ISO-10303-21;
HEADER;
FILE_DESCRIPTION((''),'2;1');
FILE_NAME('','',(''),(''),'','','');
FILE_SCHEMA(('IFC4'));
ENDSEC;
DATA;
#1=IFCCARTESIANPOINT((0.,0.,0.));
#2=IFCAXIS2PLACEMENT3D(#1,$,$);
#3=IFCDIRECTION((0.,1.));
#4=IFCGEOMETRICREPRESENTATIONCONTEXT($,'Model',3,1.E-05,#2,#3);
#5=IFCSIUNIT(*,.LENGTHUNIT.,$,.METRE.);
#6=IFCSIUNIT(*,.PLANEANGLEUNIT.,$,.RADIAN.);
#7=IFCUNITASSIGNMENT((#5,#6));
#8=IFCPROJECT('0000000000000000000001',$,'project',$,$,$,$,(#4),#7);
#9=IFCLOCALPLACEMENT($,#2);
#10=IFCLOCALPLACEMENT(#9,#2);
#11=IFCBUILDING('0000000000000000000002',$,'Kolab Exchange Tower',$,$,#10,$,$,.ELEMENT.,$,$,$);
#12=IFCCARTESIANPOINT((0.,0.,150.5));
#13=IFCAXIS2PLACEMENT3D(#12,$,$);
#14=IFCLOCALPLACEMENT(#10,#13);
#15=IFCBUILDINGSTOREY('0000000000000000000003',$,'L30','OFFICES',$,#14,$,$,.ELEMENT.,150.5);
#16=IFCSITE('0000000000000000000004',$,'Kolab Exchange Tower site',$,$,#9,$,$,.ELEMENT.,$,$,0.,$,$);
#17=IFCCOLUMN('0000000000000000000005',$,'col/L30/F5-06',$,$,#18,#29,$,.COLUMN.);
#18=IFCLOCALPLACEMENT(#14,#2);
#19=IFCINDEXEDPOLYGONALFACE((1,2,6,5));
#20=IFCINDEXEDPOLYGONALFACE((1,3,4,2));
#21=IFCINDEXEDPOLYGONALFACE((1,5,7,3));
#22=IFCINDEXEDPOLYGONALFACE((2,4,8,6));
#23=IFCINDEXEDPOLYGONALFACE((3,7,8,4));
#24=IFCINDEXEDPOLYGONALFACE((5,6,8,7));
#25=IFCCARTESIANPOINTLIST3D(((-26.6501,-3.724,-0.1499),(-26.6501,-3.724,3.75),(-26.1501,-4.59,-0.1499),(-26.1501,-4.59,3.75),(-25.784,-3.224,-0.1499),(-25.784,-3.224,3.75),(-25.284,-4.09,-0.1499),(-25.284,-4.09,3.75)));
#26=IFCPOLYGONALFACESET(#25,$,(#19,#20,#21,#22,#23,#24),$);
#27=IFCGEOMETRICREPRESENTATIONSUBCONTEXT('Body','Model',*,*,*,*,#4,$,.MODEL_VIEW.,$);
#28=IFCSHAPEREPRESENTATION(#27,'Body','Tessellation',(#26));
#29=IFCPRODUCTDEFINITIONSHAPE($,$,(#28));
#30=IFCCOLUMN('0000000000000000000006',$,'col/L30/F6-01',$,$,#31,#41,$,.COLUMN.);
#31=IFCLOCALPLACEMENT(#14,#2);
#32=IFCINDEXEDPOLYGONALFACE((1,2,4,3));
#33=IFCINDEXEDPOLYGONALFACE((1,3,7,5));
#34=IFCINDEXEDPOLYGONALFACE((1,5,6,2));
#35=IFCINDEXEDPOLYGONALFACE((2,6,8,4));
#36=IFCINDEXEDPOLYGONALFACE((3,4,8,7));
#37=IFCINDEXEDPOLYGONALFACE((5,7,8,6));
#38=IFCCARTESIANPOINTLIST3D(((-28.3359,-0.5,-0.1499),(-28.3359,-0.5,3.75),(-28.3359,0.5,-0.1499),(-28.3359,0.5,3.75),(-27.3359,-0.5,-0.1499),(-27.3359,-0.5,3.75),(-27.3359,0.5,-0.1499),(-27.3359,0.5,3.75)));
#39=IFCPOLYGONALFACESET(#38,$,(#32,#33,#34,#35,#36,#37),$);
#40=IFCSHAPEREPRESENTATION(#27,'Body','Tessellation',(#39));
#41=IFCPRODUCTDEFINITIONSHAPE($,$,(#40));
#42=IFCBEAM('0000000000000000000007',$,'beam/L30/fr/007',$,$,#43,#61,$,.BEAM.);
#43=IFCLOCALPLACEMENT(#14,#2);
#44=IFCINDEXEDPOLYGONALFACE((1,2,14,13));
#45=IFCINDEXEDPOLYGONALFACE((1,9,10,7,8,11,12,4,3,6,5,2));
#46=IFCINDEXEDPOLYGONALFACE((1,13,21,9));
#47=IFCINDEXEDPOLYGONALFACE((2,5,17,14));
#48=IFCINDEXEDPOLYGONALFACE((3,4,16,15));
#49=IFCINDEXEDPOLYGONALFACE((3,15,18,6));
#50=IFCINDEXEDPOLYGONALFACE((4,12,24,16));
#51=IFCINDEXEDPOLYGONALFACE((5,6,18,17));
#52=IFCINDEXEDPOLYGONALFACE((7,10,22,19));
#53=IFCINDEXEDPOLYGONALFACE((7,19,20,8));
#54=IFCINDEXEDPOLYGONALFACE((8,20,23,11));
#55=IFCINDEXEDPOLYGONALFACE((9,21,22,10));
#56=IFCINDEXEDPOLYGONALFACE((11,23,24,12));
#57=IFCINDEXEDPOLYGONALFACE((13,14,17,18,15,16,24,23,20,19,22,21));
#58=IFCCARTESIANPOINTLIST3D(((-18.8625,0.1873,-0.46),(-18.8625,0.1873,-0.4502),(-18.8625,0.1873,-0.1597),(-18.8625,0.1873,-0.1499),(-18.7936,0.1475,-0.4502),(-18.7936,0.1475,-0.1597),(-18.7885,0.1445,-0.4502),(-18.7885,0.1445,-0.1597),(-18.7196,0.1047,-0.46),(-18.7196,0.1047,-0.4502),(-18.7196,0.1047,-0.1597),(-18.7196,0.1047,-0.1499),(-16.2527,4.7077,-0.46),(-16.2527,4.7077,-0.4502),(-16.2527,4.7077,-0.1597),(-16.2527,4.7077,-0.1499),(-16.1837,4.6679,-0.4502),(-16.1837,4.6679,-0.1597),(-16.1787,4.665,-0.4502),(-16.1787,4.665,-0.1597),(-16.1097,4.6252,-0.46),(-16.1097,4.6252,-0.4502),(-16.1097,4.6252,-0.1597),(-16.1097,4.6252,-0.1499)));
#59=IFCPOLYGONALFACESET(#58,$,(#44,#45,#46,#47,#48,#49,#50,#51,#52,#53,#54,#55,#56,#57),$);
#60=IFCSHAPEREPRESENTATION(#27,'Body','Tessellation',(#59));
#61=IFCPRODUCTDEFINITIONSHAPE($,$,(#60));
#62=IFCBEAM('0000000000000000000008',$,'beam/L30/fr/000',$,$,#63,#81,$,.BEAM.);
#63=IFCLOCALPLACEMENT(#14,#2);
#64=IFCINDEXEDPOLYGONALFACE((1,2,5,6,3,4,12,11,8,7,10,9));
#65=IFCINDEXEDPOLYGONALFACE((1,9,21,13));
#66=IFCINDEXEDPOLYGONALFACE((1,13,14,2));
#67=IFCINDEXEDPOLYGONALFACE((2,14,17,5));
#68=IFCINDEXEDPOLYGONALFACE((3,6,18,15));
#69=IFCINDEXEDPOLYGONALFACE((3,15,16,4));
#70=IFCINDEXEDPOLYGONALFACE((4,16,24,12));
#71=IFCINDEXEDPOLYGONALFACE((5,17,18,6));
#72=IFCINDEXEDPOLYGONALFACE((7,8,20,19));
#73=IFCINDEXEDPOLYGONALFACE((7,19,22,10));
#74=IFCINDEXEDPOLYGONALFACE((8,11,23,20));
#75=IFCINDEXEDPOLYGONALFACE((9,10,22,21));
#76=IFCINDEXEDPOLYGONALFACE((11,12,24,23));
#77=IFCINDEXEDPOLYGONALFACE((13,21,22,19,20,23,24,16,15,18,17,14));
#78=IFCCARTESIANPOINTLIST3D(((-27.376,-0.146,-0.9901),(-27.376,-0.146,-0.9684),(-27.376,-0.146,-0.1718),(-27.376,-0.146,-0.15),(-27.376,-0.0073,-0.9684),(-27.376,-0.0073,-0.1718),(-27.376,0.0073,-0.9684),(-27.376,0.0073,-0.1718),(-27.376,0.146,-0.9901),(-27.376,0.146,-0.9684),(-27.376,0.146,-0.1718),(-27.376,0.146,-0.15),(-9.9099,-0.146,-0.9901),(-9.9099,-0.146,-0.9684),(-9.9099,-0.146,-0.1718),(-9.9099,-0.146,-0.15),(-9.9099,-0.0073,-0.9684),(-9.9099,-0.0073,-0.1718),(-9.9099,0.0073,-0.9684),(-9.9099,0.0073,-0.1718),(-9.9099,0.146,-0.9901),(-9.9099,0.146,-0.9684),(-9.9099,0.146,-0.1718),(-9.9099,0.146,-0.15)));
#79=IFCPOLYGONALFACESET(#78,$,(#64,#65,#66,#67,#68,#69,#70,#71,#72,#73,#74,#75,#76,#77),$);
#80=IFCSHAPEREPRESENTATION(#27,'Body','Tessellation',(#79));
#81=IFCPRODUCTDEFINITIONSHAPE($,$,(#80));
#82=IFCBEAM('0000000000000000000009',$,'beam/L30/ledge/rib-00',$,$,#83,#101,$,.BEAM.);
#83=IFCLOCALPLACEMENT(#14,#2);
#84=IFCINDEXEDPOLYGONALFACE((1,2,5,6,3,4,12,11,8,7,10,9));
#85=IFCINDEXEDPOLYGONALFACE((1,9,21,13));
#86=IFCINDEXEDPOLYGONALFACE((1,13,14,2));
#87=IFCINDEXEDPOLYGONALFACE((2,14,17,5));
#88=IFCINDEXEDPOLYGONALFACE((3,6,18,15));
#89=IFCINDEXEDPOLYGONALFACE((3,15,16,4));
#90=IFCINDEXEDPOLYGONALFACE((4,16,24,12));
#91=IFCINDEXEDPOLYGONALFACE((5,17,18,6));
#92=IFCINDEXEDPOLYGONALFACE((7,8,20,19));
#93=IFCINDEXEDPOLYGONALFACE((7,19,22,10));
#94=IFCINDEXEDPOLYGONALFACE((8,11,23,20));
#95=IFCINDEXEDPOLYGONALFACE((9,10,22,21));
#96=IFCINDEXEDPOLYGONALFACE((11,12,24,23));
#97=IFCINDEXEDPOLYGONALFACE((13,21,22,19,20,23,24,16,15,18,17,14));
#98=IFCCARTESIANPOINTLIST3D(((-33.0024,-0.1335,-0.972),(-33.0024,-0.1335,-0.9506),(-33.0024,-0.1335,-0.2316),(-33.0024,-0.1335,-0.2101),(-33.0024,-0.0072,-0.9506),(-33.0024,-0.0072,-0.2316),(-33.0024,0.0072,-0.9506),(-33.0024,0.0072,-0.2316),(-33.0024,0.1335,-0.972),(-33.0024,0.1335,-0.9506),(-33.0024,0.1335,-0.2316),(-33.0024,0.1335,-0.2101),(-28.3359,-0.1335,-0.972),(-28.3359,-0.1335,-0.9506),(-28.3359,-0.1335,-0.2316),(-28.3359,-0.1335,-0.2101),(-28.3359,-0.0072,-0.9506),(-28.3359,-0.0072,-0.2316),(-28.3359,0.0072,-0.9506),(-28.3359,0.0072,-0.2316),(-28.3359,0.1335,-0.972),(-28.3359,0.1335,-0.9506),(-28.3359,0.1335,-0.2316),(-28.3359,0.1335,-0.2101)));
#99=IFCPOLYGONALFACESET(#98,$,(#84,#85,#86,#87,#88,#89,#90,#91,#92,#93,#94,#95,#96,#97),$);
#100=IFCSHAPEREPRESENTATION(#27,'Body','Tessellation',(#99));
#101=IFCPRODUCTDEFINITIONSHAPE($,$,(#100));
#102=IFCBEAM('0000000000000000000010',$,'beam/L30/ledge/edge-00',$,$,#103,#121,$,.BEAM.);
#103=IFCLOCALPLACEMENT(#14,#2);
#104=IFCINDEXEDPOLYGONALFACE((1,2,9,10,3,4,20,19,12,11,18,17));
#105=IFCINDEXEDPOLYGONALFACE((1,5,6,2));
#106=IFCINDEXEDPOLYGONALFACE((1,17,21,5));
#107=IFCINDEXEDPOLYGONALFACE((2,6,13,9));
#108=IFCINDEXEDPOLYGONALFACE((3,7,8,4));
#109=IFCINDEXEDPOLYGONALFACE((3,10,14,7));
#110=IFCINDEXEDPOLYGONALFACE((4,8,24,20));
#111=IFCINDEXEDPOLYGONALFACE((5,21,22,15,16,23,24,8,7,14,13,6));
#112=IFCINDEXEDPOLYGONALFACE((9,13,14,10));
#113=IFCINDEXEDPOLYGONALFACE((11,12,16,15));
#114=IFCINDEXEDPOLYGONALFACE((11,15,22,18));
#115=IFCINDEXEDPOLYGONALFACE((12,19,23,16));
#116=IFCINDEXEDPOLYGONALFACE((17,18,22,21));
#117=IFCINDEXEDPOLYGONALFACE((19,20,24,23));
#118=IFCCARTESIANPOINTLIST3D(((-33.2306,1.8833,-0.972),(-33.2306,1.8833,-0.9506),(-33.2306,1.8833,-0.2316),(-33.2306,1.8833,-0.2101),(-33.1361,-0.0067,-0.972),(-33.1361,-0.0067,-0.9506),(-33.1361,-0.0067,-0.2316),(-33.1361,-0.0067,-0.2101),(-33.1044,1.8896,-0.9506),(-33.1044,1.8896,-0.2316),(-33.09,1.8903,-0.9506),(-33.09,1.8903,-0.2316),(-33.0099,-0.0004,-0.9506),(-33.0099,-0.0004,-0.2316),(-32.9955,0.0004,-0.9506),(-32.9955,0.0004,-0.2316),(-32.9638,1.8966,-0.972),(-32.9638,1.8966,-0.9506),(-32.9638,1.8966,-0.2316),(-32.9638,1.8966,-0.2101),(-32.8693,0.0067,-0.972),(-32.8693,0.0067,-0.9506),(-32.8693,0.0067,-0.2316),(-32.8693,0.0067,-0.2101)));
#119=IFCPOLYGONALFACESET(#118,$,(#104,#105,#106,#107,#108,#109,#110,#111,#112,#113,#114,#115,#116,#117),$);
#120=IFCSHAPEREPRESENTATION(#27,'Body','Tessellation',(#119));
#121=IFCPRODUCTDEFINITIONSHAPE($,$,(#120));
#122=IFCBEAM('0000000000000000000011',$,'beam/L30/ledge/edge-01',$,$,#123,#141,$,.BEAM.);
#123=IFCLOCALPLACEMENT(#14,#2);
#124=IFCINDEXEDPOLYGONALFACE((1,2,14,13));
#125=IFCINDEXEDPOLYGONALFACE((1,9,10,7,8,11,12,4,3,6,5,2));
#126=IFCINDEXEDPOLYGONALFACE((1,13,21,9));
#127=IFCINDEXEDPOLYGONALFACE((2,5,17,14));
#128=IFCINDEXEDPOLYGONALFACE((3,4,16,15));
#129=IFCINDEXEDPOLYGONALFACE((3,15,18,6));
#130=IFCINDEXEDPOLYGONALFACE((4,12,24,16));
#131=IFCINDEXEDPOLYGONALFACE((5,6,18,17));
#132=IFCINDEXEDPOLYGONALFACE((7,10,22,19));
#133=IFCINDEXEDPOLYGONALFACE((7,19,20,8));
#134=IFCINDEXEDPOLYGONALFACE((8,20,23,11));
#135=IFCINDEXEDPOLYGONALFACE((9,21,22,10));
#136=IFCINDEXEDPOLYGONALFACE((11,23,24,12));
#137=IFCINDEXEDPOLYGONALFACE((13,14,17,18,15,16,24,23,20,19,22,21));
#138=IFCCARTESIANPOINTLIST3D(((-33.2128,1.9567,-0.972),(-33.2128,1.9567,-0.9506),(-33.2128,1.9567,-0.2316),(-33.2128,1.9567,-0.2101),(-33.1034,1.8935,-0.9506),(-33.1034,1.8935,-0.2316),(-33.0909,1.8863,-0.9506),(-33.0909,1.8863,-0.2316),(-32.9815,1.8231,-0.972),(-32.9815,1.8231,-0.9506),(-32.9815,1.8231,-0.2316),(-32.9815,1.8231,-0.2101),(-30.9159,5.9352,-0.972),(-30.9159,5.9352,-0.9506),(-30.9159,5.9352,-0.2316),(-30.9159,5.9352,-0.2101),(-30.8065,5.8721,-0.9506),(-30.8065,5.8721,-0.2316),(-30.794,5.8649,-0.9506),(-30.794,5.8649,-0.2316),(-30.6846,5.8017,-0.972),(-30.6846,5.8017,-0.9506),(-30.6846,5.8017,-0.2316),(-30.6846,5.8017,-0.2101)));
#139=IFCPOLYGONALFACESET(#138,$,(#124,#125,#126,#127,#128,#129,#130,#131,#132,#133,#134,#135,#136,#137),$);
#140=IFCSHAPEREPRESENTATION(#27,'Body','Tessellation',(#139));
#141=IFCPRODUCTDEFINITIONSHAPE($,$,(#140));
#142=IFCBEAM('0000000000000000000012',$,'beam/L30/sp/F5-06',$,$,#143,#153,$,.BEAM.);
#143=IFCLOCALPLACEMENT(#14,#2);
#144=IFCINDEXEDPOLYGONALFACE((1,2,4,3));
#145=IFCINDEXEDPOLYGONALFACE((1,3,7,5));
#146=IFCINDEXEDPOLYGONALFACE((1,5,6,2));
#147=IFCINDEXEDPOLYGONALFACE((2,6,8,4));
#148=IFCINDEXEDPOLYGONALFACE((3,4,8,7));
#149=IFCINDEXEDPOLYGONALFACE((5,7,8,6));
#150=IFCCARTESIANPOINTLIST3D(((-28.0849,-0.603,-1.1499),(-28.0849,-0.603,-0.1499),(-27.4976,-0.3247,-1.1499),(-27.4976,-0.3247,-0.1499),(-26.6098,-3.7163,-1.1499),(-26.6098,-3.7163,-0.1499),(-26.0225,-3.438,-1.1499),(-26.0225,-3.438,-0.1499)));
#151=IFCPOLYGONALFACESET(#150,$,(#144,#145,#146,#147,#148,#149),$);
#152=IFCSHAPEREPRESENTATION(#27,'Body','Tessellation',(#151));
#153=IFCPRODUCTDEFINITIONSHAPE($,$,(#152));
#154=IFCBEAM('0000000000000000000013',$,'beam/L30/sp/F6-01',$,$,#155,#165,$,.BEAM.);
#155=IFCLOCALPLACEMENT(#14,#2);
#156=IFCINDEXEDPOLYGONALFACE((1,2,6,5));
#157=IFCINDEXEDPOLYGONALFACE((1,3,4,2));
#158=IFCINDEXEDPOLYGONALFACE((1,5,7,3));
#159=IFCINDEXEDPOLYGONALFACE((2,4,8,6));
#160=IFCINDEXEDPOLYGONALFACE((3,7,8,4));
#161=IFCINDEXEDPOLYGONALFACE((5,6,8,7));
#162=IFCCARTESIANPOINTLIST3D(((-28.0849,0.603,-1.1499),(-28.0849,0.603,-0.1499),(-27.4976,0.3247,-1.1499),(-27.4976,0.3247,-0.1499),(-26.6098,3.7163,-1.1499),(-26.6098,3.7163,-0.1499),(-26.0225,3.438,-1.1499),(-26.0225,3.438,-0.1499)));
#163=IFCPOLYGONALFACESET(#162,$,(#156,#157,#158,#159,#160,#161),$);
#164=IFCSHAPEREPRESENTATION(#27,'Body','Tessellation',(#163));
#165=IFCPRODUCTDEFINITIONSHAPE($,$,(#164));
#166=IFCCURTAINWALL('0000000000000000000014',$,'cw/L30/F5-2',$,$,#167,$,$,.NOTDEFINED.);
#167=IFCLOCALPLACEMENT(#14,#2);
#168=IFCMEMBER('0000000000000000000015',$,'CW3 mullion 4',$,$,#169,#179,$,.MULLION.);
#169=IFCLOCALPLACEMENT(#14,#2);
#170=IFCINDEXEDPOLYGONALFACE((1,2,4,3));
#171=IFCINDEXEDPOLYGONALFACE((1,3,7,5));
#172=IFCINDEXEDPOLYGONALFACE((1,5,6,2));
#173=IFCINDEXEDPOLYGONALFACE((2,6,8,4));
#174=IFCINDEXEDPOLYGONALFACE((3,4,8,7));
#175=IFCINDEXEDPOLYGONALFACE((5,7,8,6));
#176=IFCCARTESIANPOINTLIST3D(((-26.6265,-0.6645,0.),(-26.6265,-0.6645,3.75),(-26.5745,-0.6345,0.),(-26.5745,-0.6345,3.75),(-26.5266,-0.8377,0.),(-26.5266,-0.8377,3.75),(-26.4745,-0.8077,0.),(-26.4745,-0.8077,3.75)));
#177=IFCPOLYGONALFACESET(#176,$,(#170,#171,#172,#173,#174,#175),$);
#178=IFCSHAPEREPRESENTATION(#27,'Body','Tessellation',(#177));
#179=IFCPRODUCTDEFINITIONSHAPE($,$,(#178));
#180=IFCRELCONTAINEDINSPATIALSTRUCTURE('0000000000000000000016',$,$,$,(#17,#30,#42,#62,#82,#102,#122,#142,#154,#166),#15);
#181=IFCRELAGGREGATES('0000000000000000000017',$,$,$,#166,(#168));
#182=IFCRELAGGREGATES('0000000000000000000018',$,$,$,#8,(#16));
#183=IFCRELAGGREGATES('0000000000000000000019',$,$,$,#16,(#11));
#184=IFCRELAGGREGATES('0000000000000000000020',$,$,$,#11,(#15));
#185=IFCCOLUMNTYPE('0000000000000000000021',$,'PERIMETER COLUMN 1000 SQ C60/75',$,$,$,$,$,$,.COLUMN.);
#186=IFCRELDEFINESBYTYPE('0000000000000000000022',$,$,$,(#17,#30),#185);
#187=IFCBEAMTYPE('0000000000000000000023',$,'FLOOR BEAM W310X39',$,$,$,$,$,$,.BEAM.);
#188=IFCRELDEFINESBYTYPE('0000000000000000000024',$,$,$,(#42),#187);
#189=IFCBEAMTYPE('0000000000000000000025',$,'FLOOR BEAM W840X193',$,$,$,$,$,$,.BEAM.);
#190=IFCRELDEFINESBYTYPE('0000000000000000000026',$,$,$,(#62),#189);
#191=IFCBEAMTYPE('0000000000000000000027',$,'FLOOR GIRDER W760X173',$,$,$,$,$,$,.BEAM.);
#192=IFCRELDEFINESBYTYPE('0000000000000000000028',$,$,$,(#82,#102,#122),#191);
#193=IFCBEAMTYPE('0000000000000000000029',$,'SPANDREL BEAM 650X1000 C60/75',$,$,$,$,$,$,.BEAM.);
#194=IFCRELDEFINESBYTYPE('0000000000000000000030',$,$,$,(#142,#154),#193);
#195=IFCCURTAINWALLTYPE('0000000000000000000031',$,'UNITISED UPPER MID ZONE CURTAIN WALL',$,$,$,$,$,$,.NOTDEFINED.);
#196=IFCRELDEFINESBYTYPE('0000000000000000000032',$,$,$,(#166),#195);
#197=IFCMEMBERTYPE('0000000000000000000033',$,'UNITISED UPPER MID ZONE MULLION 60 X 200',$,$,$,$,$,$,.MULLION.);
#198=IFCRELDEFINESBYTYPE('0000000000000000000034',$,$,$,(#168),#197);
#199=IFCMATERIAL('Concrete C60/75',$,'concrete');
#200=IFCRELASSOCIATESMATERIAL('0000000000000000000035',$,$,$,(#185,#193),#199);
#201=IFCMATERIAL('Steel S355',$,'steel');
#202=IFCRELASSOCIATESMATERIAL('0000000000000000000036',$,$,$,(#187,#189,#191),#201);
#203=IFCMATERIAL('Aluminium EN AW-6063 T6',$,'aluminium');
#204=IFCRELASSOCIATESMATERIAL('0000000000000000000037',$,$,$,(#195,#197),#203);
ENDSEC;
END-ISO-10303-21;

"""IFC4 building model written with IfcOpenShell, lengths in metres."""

from ifc_helpers import new_model, si_unit, direction, frame, origin, origin_2d, place, context, subcontext, project, spatial, rectangle, i_section, extrude, material, material_profile, profile_set, type_object, element, aggregate, save


model = new_model("IFC4")

# Units and contexts
model_context = context("Model", 3, precision=1e-05, world=origin(), true_north=direction((0.0, 1.0)))
body_context = subcontext(model_context, "Body", "Model", "MODEL_VIEW")
ifc_project = project(units=[si_unit("LENGTHUNIT", "METRE"), si_unit("PLANEANGLEUNIT", "RADIAN")], contexts=[model_context])

# Site, building, storey
site_placement = place(None, origin())
site = spatial("IfcSite", under=ifc_project, at=site_placement, Name="Kolab Exchange Tower site", CompositionType="ELEMENT", RefElevation=0.0)
building_placement = place(site_placement, origin())
building = spatial("IfcBuilding", under=site, at=building_placement, Name="Kolab Exchange Tower", CompositionType="ELEMENT")
storey_placement = place(building_placement, frame((0.0, 0.0, 150.5)))
storey = spatial("IfcBuildingStorey", under=building, at=storey_placement, Name="L30", Description="OFFICES", CompositionType="ELEMENT", Elevation=150.5)

# Columns
ifc_material_1 = material(Name="Concrete C60/75", Category="concrete")
ifc_material_profile_1 = material_profile(ifc_material_1, rectangle(XDim=1.0, YDim=1.0, at=origin_2d()), Name="RC1000")
ifc_profile_set_1 = profile_set([ifc_material_profile_1], Name="Concrete C60/75")
column_type = type_object("IfcColumnType", Name="PERIMETER COLUMN 1000 SQ C60/75", PredefinedType="COLUMN", material=ifc_profile_set_1)
for number, where, z_axis, x_axis, name in (
    (1, (-25.967, -3.907, -0.1499), (0.0, 0.0, 1.0), (0.866025, 0.5, 0.0), "col/L30/F5-06"),
    (2, (-27.8359, 0.0, -0.1499), (0.0, 0.0, 1.0), (1.0, 0.0, 0.0), "col/L30/F6-01"),
):
    element("IfcColumn", number, at=place(storey_placement, frame(where, z_axis=z_axis, x_axis=x_axis)), inside=storey, type_object=column_type, Name=name, PredefinedType="COLUMN", context=body_context, shape_type="SweptSolid", body=[
        extrude(rectangle(XDim=1.0, YDim=1.0, at=origin_2d()), origin(), (0.0, 0.0, 1.0), 3.8999),
    ])

# Beams
ifc_material_2 = material(Name="Steel S355", Category="steel")
ifc_material_profile_2 = material_profile(ifc_material_2, i_section(OverallWidth=0.165, OverallDepth=0.3101, WebThickness=0.0059, FlangeThickness=0.0098, at=origin_2d()), Name="W310X39")
ifc_profile_set_2 = profile_set([ifc_material_profile_2], Name="Steel S355")
beam_type_1 = type_object("IfcBeamType", Name="FLOOR BEAM W310X39", PredefinedType="BEAM", material=ifc_profile_set_2)
beam_1_placement = place(storey_placement, frame((-18.791, 0.146, -0.3049), z_axis=(0.499992, 0.86603, 0.0), x_axis=(-0.86603, 0.499992, 0.0)))
element("IfcBeam", 3, at=beam_1_placement, inside=storey, type_object=beam_type_1, Name="beam/L30/fr/007", PredefinedType="BEAM", context=body_context, shape_type="SweptSolid", body=[
    extrude(i_section(OverallWidth=0.165, OverallDepth=0.3101, WebThickness=0.0059, FlangeThickness=0.0098, at=origin_2d()), origin(), (0.0, 0.0, 1.0), 5.2197),
])
ifc_material_profile_3 = material_profile(ifc_material_2, i_section(OverallWidth=0.292, OverallDepth=0.8401, WebThickness=0.0146, FlangeThickness=0.0217, at=origin_2d()), Name="W840X193")
ifc_profile_set_3 = profile_set([ifc_material_profile_3], Name="Steel S355")
beam_type_2 = type_object("IfcBeamType", Name="FLOOR BEAM W840X193", PredefinedType="BEAM", material=ifc_profile_set_3)
beam_2_placement = place(storey_placement, frame((-27.376, 0.0, -0.5701), z_axis=(1.0, 0.0, 0.0), x_axis=(0.0, 1.0, 0.0)))
element("IfcBeam", 4, at=beam_2_placement, inside=storey, type_object=beam_type_2, Name="beam/L30/fr/000", PredefinedType="BEAM", context=body_context, shape_type="SweptSolid", body=[
    extrude(i_section(OverallWidth=0.292, OverallDepth=0.8401, WebThickness=0.0146, FlangeThickness=0.0217, at=origin_2d()), origin(), (0.0, 0.0, 1.0), 17.4661),
])
ifc_material_profile_4 = material_profile(ifc_material_2, i_section(OverallWidth=0.2671, OverallDepth=0.762, WebThickness=0.0144, FlangeThickness=0.0215, at=origin_2d()), Name="W760X173")
ifc_profile_set_4 = profile_set([ifc_material_profile_4], Name="Steel S355")
beam_type_3 = type_object("IfcBeamType", Name="FLOOR GIRDER W760X173", PredefinedType="BEAM", material=ifc_profile_set_4)
beam_3_placement = place(storey_placement, frame((-28.3359, 0.0, -0.5911), z_axis=(-1.0, 0.0, 0.0), x_axis=(0.0, -1.0, 0.0)))
element("IfcBeam", 5, at=beam_3_placement, inside=storey, type_object=beam_type_3, Name="beam/L30/ledge/rib-00", PredefinedType="BEAM", context=body_context, shape_type="SweptSolid", body=[
    extrude(i_section(OverallWidth=0.2671, OverallDepth=0.762, WebThickness=0.0144, FlangeThickness=0.0215, at=origin_2d()), origin(), (0.0, 0.0, 1.0), 4.6665),
])
beam_4_placement = place(storey_placement, frame((-33.0027, 0.0, -0.5911), z_axis=(-0.049931, 0.998753, 0.0), x_axis=(-0.998753, -0.049931, 0.0)))
element("IfcBeam", 6, at=beam_4_placement, inside=storey, type_object=beam_type_3, Name="beam/L30/ledge/edge-00", PredefinedType="BEAM", context=body_context, shape_type="SweptSolid", body=[
    extrude(i_section(OverallWidth=0.2671, OverallDepth=0.762, WebThickness=0.0144, FlangeThickness=0.0215, at=origin_2d()), origin(), (0.0, 0.0, 1.0), 1.8923),
])
beam_5_placement = place(storey_placement, frame((-33.0972, 1.8899, -0.5911), z_axis=(0.49998, 0.866037, 0.0), x_axis=(-0.866037, 0.49998, 0.0)))
element("IfcBeam", 7, at=beam_5_placement, inside=storey, type_object=beam_type_3, Name="beam/L30/ledge/edge-01", PredefinedType="BEAM", context=body_context, shape_type="SweptSolid", body=[
    extrude(i_section(OverallWidth=0.2671, OverallDepth=0.762, WebThickness=0.0144, FlangeThickness=0.0215, at=origin_2d()), origin(), (0.0, 0.0, 1.0), 4.594),
])
ifc_material_profile_5 = material_profile(ifc_material_1, rectangle(XDim=0.6499, YDim=1.0, at=origin_2d()), Name="RC650X1000")
ifc_profile_set_5 = profile_set([ifc_material_profile_5], Name="Concrete C60/75")
beam_type_4 = type_object("IfcBeamType", Name="SPANDREL BEAM 650X1000 C60/75", PredefinedType="BEAM", material=ifc_profile_set_5)
for number, where, z_axis, x_axis, name in (
    (8, (-26.3162, -3.5771, -0.6499), (-0.428178, 0.903695, 0.0), (-0.903695, -0.428178, 0.0), "beam/L30/sp/F5-06"),
    (9, (-27.7913, 0.4639, -0.6499), (0.428178, 0.903695, 0.0), (-0.903695, 0.428178, 0.0), "beam/L30/sp/F6-01"),
):
    element("IfcBeam", number, at=place(storey_placement, frame(where, z_axis=z_axis, x_axis=x_axis)), inside=storey, type_object=beam_type_4, Name=name, PredefinedType="BEAM", context=body_context, shape_type="SweptSolid", body=[
        extrude(rectangle(XDim=0.6499, YDim=1.0, at=origin_2d()), origin(), (0.0, 0.0, 1.0), 3.4451),
    ])

# Curtain wall, member
ifc_material_3 = material(Name="Aluminium EN AW-6063 T6", Category="aluminium")
curtain_wall_type = type_object("IfcCurtainWallType", Name="UNITISED UPPER MID ZONE CURTAIN WALL", PredefinedType="NOTDEFINED", material=ifc_material_3)
curtain_wall_1_placement = place(storey_placement, origin())
curtain_wall_1 = element("IfcCurtainWall", 10, at=curtain_wall_1_placement, inside=storey, type_object=curtain_wall_type, Name="cw/L30/F5-2", PredefinedType="NOTDEFINED")
ifc_material_profile_6 = material_profile(ifc_material_3, rectangle(XDim=0.0601, YDim=0.2, at=origin_2d()), Name="RECT 60X200")
ifc_profile_set_6 = profile_set([ifc_material_profile_6], Name="Aluminium EN AW-6063 T6")
member_type_1 = type_object("IfcMemberType", Name="UNITISED UPPER MID ZONE MULLION 60 X 200", PredefinedType="MULLION", material=ifc_profile_set_6)
member_1_placement = place(storey_placement, frame((-26.5505, -0.7361, 0.0), z_axis=(0.0, 0.0, 1.0), x_axis=(-0.866025, -0.5, 0.0)))
member_1 = element("IfcMember", 11, at=member_1_placement, type_object=member_type_1, Name="CW3 mullion 4", PredefinedType="MULLION", context=body_context, shape_type="SweptSolid", body=[
    extrude(rectangle(XDim=0.0601, YDim=0.2, at=origin_2d()), origin(), (0.0, 0.0, 1.0), 3.75),
])

aggregate(curtain_wall_1, [member_1])

save(model, "model.ifc")
